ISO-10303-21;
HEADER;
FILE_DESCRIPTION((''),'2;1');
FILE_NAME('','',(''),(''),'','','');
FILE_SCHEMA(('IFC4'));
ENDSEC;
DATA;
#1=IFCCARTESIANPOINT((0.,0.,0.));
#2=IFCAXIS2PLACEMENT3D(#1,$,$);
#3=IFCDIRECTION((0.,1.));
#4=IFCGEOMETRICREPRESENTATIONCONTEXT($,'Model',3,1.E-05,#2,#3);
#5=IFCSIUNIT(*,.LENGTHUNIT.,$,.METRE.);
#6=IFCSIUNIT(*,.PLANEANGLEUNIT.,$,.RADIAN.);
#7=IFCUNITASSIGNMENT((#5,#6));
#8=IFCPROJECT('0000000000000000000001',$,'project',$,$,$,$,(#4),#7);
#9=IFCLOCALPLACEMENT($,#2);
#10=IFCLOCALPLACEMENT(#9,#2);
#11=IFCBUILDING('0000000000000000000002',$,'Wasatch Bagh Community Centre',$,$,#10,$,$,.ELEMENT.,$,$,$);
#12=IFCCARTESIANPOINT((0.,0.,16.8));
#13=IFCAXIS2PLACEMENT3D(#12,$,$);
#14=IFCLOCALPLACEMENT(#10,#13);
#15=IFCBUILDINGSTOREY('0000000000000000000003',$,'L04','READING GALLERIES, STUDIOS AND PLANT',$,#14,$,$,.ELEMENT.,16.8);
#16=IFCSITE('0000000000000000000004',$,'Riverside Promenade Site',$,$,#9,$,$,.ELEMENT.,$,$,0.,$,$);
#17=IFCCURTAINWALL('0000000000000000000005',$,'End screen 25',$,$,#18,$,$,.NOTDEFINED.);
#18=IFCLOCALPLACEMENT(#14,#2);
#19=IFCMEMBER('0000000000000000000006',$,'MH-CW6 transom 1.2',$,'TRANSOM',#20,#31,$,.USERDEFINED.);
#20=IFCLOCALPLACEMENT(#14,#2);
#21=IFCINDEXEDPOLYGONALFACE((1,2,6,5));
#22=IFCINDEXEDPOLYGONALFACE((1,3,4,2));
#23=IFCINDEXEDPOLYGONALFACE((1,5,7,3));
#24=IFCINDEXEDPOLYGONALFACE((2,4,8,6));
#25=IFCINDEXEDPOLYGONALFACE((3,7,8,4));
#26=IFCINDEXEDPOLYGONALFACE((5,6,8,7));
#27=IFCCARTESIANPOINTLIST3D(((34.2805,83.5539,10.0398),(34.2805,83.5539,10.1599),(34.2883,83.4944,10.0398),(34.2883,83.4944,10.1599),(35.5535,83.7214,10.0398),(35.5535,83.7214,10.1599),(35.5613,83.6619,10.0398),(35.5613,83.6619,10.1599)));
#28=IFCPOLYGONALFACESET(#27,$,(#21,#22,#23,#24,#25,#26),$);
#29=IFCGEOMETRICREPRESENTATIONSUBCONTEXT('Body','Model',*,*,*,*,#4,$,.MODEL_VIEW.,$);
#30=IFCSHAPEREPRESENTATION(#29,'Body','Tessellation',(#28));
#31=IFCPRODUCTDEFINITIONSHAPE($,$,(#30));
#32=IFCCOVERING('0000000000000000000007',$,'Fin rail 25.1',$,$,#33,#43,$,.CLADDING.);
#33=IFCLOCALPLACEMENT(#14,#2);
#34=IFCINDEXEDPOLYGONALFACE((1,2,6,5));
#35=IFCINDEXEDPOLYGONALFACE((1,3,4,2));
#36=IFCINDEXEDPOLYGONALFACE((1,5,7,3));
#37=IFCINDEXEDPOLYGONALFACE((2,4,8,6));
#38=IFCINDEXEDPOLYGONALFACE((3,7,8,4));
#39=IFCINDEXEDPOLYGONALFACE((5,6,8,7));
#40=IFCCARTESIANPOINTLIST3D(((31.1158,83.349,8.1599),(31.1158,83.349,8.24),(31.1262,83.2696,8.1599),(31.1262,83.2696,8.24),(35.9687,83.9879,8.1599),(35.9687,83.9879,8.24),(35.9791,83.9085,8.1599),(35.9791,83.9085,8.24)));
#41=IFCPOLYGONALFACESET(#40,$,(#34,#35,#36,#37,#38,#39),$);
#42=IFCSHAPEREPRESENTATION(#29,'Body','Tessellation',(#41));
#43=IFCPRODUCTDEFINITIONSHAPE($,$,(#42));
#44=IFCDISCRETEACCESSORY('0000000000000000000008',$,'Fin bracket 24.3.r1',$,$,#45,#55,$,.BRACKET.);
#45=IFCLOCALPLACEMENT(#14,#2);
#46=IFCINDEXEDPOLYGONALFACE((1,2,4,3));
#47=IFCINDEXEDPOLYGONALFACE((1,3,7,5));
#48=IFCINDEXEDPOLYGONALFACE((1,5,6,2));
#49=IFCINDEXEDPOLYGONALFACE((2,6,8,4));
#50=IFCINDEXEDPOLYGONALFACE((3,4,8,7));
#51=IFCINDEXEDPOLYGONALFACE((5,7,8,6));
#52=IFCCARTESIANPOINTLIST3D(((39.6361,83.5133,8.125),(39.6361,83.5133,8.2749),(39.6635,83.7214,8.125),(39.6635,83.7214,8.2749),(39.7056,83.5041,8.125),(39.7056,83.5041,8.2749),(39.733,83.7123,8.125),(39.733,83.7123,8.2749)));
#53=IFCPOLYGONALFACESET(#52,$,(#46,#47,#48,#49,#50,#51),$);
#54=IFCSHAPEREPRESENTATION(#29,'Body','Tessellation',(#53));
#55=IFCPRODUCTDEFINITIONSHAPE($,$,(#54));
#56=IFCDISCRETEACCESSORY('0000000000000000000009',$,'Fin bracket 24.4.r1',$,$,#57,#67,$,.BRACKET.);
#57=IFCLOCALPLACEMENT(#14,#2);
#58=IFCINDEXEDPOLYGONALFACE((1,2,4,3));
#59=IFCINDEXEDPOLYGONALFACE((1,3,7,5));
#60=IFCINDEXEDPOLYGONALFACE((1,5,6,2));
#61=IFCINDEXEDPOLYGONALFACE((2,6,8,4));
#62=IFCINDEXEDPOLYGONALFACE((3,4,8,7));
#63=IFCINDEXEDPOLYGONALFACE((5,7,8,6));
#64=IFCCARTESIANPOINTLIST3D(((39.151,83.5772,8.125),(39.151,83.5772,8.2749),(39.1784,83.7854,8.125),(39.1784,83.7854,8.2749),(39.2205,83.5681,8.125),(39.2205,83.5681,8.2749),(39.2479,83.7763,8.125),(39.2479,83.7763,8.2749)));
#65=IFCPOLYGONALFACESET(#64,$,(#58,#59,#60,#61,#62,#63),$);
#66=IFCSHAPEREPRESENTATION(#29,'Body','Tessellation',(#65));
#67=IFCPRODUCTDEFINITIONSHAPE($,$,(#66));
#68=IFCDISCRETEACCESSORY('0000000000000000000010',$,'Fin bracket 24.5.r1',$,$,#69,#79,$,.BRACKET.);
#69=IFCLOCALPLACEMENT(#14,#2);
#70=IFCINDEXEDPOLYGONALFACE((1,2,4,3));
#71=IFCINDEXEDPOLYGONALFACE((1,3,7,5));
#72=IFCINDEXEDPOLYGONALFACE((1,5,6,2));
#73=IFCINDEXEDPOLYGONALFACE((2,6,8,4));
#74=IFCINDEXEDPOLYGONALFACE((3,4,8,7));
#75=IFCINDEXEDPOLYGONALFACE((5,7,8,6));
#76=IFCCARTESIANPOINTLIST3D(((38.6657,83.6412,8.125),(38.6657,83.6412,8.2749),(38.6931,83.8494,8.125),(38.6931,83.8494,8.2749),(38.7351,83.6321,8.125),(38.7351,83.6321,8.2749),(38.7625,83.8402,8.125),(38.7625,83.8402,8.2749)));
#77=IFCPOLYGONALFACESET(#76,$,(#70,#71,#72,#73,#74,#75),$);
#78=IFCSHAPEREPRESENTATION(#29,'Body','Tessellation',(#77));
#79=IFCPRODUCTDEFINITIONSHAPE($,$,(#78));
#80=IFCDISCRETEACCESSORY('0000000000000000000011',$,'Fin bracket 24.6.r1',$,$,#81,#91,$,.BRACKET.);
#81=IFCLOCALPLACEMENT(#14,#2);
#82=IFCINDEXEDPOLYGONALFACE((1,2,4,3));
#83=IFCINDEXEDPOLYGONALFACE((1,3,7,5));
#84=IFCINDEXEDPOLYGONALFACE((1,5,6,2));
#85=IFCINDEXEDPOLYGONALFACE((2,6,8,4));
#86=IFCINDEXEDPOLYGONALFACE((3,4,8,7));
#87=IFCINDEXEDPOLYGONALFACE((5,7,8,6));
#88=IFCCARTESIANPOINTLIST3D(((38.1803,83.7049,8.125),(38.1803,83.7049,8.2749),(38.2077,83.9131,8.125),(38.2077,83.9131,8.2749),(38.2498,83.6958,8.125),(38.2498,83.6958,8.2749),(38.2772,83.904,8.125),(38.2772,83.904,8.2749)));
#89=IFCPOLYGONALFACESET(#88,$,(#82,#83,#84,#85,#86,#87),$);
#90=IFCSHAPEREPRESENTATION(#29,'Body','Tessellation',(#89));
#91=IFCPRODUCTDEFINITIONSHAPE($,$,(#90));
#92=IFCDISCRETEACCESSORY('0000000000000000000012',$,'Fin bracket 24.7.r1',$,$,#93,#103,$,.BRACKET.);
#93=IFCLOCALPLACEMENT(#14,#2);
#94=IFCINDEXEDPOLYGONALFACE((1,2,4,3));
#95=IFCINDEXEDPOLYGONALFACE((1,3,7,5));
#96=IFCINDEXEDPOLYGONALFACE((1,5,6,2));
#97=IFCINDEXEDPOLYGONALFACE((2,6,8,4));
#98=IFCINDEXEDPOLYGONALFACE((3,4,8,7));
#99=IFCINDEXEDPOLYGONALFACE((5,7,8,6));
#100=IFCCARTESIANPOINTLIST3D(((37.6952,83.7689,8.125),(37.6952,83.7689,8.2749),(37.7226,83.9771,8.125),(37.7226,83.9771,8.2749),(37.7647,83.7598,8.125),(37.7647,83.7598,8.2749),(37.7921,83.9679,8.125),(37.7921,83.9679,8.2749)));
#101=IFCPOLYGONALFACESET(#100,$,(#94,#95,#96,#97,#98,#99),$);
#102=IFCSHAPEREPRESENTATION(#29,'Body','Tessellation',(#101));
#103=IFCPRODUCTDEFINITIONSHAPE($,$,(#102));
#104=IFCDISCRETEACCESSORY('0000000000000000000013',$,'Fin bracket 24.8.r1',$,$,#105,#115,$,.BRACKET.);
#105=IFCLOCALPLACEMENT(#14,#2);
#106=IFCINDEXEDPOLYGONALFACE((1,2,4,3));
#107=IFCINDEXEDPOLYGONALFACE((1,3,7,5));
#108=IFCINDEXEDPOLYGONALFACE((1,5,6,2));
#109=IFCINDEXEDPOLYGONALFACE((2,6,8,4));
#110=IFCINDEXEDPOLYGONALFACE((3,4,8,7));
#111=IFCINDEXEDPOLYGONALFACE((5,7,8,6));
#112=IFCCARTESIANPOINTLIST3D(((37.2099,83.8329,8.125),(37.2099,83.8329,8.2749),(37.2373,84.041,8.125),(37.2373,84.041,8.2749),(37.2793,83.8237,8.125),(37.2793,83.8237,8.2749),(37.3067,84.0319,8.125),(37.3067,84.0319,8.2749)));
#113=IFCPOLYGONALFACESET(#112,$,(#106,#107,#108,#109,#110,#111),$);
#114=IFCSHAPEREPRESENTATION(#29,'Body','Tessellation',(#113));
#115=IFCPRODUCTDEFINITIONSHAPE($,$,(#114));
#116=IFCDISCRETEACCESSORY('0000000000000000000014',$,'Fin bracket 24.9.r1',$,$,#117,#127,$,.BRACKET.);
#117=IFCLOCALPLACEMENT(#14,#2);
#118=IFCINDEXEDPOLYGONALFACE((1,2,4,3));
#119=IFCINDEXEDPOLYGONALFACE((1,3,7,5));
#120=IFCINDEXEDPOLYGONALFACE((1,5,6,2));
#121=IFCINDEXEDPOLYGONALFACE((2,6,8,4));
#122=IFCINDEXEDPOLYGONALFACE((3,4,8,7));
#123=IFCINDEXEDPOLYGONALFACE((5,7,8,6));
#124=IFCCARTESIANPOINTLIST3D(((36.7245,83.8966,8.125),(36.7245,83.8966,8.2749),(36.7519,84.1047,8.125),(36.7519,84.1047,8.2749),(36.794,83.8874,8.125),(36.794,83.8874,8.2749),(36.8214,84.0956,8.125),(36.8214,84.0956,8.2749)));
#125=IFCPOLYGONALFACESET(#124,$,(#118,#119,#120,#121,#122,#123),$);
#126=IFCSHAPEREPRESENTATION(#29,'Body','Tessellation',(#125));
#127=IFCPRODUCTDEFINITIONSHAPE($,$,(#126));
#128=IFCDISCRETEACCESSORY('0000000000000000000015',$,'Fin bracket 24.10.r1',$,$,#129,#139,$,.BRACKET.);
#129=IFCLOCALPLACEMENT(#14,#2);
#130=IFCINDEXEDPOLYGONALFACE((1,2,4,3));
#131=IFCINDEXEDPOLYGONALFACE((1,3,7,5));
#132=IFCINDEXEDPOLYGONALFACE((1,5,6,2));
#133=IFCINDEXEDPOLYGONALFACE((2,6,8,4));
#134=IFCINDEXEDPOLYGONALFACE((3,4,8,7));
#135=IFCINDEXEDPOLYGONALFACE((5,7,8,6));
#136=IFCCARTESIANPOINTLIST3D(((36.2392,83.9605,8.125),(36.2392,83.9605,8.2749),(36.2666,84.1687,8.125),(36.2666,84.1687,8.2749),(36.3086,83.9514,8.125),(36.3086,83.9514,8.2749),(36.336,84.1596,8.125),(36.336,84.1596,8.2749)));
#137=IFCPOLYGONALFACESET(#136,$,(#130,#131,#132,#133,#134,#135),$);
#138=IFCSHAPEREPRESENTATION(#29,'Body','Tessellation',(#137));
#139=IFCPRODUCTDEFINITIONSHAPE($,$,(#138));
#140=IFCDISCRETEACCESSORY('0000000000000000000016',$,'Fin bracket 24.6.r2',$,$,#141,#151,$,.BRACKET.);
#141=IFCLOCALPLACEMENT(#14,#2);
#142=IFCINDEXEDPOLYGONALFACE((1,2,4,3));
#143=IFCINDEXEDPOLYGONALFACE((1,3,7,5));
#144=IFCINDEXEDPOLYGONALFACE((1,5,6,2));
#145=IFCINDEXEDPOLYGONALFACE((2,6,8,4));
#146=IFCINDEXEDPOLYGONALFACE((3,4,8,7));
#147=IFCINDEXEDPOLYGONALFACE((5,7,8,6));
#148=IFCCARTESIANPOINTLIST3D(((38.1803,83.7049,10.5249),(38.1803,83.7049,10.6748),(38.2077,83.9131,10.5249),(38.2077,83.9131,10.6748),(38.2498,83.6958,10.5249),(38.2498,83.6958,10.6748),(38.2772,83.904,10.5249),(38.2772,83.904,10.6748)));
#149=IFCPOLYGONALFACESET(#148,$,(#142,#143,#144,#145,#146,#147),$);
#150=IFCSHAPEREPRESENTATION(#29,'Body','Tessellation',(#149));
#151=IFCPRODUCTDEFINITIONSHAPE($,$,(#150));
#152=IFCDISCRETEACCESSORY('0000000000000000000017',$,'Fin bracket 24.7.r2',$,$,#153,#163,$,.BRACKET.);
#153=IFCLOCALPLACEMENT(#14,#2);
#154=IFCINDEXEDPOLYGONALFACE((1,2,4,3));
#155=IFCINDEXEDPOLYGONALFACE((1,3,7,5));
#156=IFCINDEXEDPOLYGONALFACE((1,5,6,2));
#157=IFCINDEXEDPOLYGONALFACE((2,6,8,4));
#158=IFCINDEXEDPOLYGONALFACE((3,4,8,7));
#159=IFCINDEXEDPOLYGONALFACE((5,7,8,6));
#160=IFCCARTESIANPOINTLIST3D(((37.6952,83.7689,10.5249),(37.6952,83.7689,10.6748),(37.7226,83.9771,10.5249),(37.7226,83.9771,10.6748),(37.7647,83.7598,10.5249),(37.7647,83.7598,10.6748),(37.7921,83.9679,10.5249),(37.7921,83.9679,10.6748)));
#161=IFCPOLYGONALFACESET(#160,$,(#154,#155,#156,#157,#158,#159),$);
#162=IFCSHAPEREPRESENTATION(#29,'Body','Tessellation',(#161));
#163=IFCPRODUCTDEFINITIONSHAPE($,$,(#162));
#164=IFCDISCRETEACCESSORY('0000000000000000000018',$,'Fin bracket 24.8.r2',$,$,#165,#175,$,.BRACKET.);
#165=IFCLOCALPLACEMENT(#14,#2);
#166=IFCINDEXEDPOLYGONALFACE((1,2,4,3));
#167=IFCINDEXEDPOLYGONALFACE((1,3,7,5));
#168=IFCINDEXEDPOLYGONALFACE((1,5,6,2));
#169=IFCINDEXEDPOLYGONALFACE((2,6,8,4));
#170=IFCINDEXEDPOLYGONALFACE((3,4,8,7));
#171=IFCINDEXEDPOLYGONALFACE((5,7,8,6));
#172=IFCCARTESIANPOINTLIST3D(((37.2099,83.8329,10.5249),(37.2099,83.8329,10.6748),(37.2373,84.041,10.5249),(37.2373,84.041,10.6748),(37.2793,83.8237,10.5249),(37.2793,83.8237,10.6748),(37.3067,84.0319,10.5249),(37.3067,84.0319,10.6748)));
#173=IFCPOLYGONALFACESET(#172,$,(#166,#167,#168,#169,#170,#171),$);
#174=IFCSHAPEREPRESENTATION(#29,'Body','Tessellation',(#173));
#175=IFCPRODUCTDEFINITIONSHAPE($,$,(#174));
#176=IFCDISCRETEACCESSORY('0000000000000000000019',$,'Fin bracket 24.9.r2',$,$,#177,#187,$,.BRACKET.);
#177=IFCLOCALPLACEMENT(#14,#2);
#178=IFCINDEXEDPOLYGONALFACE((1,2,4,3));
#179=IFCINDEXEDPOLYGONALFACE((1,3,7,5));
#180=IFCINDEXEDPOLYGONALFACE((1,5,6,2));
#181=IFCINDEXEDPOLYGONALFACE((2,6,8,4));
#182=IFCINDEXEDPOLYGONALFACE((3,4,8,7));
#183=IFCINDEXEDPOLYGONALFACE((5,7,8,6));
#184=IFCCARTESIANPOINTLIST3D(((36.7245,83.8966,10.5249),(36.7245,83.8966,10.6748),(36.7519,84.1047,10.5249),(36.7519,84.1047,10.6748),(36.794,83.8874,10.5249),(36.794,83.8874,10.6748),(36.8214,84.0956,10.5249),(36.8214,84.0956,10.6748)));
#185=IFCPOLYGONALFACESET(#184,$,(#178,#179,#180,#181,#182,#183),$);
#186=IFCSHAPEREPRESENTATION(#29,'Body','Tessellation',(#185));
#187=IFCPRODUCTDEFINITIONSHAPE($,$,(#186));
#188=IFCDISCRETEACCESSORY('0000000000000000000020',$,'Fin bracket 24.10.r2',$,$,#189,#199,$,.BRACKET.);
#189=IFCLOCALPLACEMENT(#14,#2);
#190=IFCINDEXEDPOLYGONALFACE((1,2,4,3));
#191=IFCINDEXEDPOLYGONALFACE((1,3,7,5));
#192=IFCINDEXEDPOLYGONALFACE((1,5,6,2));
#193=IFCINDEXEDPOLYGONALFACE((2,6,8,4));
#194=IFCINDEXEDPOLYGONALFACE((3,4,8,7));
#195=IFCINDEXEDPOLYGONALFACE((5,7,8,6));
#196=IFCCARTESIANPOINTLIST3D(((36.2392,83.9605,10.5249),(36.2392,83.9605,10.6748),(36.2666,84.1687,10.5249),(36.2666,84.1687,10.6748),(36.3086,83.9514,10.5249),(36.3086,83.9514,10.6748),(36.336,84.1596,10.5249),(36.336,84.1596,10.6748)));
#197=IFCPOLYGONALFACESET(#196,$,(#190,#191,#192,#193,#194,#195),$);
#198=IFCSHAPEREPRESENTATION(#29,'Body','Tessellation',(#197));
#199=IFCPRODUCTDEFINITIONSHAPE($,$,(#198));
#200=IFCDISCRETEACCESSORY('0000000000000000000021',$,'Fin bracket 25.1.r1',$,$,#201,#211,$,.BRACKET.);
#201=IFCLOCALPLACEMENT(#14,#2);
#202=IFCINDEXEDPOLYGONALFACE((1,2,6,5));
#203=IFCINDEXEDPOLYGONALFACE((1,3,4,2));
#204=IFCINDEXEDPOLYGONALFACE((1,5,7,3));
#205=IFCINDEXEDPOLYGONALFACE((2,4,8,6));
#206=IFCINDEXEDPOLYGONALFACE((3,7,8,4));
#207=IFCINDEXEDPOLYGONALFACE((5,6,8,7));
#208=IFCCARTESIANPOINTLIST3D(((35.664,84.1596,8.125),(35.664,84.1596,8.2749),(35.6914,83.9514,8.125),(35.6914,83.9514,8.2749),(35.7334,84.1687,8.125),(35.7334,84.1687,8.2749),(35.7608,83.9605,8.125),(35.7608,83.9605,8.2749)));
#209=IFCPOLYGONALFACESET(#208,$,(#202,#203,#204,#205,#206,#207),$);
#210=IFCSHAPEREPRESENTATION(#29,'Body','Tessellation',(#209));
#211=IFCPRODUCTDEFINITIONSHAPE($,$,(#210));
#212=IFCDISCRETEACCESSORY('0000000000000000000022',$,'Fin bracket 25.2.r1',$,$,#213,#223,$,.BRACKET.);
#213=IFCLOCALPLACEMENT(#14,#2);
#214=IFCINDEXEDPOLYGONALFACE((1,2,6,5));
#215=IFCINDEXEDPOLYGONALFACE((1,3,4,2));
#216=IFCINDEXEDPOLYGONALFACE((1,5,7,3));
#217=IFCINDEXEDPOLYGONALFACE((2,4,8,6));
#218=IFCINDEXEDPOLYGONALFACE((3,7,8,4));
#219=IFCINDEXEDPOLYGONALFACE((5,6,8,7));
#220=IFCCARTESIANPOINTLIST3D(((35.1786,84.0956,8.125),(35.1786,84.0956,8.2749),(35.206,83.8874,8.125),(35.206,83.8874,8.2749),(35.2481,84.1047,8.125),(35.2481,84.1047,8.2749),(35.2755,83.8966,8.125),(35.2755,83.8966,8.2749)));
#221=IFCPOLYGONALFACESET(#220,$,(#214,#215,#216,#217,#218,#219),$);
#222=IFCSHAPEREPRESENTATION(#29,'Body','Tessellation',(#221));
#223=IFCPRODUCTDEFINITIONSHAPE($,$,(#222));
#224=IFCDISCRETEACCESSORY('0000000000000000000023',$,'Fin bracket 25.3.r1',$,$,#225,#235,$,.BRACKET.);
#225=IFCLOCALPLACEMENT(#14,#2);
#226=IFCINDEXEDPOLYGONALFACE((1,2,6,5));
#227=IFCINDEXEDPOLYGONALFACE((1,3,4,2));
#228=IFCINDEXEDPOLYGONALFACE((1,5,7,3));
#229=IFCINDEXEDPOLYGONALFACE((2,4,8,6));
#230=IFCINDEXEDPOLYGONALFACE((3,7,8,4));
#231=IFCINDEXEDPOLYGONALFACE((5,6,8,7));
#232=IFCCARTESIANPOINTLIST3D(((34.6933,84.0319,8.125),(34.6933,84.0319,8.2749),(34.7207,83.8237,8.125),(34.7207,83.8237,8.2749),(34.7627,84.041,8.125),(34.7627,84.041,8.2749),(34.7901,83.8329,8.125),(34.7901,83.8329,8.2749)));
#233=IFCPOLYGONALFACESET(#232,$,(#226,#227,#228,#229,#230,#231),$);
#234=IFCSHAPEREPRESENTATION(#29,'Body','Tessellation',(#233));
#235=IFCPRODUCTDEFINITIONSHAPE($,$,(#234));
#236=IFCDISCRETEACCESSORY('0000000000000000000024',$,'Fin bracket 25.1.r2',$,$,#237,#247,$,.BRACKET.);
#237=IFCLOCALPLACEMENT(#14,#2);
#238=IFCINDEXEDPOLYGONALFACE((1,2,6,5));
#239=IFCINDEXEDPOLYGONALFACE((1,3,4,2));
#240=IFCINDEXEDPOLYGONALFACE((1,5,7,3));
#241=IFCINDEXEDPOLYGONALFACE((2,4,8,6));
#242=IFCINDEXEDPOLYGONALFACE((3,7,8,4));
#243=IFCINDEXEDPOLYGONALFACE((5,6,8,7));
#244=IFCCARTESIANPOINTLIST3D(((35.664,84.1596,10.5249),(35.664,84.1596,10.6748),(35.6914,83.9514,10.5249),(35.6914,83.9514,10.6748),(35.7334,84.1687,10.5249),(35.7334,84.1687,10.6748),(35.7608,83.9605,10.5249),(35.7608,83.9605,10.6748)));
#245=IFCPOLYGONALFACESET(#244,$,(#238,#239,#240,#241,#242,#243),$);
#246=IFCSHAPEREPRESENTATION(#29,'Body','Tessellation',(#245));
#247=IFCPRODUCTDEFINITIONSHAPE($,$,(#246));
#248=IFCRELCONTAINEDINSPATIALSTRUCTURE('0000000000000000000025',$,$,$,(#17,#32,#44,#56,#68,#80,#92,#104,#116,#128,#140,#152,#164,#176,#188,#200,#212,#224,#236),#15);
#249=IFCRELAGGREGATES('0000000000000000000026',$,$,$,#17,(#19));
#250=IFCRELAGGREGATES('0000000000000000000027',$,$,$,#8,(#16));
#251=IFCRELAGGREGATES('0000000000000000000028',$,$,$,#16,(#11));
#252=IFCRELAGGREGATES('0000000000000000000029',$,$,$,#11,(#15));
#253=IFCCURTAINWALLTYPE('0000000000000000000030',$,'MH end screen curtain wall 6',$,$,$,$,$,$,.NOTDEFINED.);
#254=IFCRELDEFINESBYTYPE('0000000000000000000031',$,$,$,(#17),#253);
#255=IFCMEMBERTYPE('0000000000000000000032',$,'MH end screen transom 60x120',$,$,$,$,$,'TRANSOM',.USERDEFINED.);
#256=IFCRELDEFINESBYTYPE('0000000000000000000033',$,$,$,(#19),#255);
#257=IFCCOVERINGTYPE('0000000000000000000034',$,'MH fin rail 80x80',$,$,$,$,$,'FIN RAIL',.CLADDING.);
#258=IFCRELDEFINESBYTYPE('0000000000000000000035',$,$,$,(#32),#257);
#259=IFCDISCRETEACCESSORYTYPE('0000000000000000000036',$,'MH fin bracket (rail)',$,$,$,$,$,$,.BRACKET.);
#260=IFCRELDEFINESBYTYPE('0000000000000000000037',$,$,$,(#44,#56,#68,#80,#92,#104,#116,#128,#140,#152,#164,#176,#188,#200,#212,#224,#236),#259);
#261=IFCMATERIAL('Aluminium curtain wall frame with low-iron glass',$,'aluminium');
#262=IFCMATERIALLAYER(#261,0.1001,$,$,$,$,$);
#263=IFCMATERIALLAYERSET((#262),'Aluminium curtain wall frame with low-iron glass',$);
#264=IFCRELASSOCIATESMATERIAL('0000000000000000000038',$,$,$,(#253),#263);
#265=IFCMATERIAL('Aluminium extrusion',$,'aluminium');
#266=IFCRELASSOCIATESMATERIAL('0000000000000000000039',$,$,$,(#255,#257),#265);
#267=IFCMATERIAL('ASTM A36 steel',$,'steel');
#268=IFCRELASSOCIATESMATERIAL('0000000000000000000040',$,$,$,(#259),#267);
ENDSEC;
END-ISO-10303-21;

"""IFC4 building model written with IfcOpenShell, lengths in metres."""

from ifc_helpers import new_model, si_unit, direction, frame, origin, origin_2d, place, context, subcontext, project, spatial, rectangle, extrude, material, layer, layer_set, material_profile, profile_set, type_object, element, aggregate, save


model = new_model("IFC4")

# Units and contexts
model_context = context("Model", 3, precision=1e-05, world=origin(), true_north=direction((0.0, 1.0)))
body_context = subcontext(model_context, "Body", "Model", "MODEL_VIEW")
ifc_project = project(units=[si_unit("LENGTHUNIT", "METRE"), si_unit("PLANEANGLEUNIT", "RADIAN")], contexts=[model_context])

# Site, building, storey
site_placement = place(None, origin())
site = spatial("IfcSite", under=ifc_project, at=site_placement, Name="Riverside Promenade Site", CompositionType="ELEMENT", RefElevation=0.0)
building_placement = place(site_placement, origin())
building = spatial("IfcBuilding", under=site, at=building_placement, Name="Wasatch Bagh Community Centre", CompositionType="ELEMENT")
storey_placement = place(building_placement, frame((0.0, 0.0, 16.8)))
storey = spatial("IfcBuildingStorey", under=building, at=storey_placement, Name="L04", Description="READING GALLERIES, STUDIOS AND PLANT", CompositionType="ELEMENT", Elevation=16.8)

# Curtain wall, member
ifc_material_1 = material(Name="Aluminium curtain wall frame with low-iron glass", Category="aluminium")
ifc_layer = layer(ifc_material_1, 0.1001)
ifc_layer_set = layer_set([ifc_layer], Name="Aluminium curtain wall frame with low-iron glass")
curtain_wall_type = type_object("IfcCurtainWallType", Name="MH end screen curtain wall 6", PredefinedType="NOTDEFINED", material=ifc_layer_set)
curtain_wall_placement = place(storey_placement, origin())
curtain_wall = element("IfcCurtainWall", 1, at=curtain_wall_placement, inside=storey, type_object=curtain_wall_type, Name="End screen 25", PredefinedType="NOTDEFINED")
ifc_material_2 = material(Name="Aluminium extrusion", Category="aluminium")
ifc_material_profile_1 = material_profile(ifc_material_2, rectangle(XDim=0.0601, YDim=0.1201, at=origin_2d()), Name="AL 60x120")
ifc_profile_set_1 = profile_set([ifc_material_profile_1], Name="Aluminium extrusion")
member_type = type_object("IfcMemberType", Name="MH end screen transom 60x120", ElementType="TRANSOM", PredefinedType="USERDEFINED", material=ifc_profile_set_1)
member_placement = place(storey_placement, frame((35.5574, 83.6917, 10.0999), z_axis=(-0.991456, -0.130445, 0.0), x_axis=(0.130445, -0.991456, 0.0)))
member = element("IfcMember", 2, at=member_placement, type_object=member_type, Name="MH-CW6 transom 1.2", ObjectType="TRANSOM", PredefinedType="USERDEFINED", context=body_context, shape_type="SweptSolid", body=[
    extrude(rectangle(XDim=0.0601, YDim=0.1201, at=origin_2d()), origin(), (0.0, 0.0, 1.0), 1.2839),
])
aggregate(curtain_wall, [member])

# Covering
ifc_material_profile_2 = material_profile(ifc_material_2, rectangle(XDim=0.0801, YDim=0.0801, at=origin_2d()), Name="AL 80x80")
ifc_profile_set_2 = profile_set([ifc_material_profile_2], Name="Aluminium extrusion")
covering_type = type_object("IfcCoveringType", Name="MH fin rail 80x80", ElementType="FIN RAIL", PredefinedType="CLADDING", material=ifc_profile_set_2)
covering_placement = place(storey_placement, frame((35.9739, 83.9482, 8.2), z_axis=(-0.991444, -0.130533, 0.0), x_axis=(0.130533, -0.991444, 0.0)))
element("IfcCovering", 3, at=covering_placement, inside=storey, type_object=covering_type, Name="Fin rail 25.1", PredefinedType="CLADDING", context=body_context, shape_type="SweptSolid", body=[
    extrude(rectangle(XDim=0.0801, YDim=0.0801, at=origin_2d()), origin(), (0.0, 0.0, 1.0), 4.8948),
])

# Discrete accessories
ifc_material_3 = material(Name="ASTM A36 steel", Category="steel")
discrete_accessory_type_1 = type_object("IfcDiscreteAccessoryType", Name="MH fin bracket (rail)", PredefinedType="BRACKET", material=ifc_material_3)
for number, where, z_axis, x_axis, name in (
    (4, (39.6846, 83.6128, 8.125), (0.0, 0.0, 1.0), (-0.991445, 0.130526, 0.0), "Fin bracket 24.3.r1"),
    (5, (39.1995, 83.6768, 8.125), (0.0, 0.0, 1.0), (-0.991445, 0.130526, 0.0), "Fin bracket 24.4.r1"),
    (6, (38.7141, 83.7407, 8.125), (0.0, 0.0, 1.0), (-0.991445, 0.130526, 0.0), "Fin bracket 24.5.r1"),
    (7, (38.2288, 83.8044, 8.125), (0.0, 0.0, 1.0), (-0.991445, 0.130526, 0.0), "Fin bracket 24.6.r1"),
    (8, (37.7437, 83.8684, 8.125), (0.0, 0.0, 1.0), (-0.991445, 0.130526, 0.0), "Fin bracket 24.7.r1"),
    (9, (37.2583, 83.9324, 8.125), (0.0, 0.0, 1.0), (-0.991445, 0.130526, 0.0), "Fin bracket 24.8.r1"),
    (10, (36.7729, 83.9961, 8.125), (0.0, 0.0, 1.0), (-0.991445, 0.130526, 0.0), "Fin bracket 24.9.r1"),
    (11, (36.2876, 84.0601, 8.125), (0.0, 0.0, 1.0), (-0.991445, 0.130526, 0.0), "Fin bracket 24.10.r1"),
    (12, (38.2288, 83.8044, 10.5249), (0.0, 0.0, 1.0), (-0.991445, 0.130526, 0.0), "Fin bracket 24.6.r2"),
    (13, (37.7437, 83.8684, 10.5249), (0.0, 0.0, 1.0), (-0.991445, 0.130526, 0.0), "Fin bracket 24.7.r2"),
    (14, (37.2583, 83.9324, 10.5249), (0.0, 0.0, 1.0), (-0.991445, 0.130526, 0.0), "Fin bracket 24.8.r2"),
    (15, (36.7729, 83.9961, 10.5249), (0.0, 0.0, 1.0), (-0.991445, 0.130526, 0.0), "Fin bracket 24.9.r2"),
    (16, (36.2876, 84.0601, 10.5249), (0.0, 0.0, 1.0), (-0.991445, 0.130526, 0.0), "Fin bracket 24.10.r2"),
    (17, (35.7124, 84.0601, 8.125), (0.0, 0.0, 1.0), (-0.991445, -0.130526, 0.0), "Fin bracket 25.1.r1"),
    (18, (35.2271, 83.9961, 8.125), (0.0, 0.0, 1.0), (-0.991445, -0.130526, 0.0), "Fin bracket 25.2.r1"),
    (19, (34.7417, 83.9324, 8.125), (0.0, 0.0, 1.0), (-0.991445, -0.130526, 0.0), "Fin bracket 25.3.r1"),
    (20, (35.7124, 84.0601, 10.5249), (0.0, 0.0, 1.0), (-0.991445, -0.130526, 0.0), "Fin bracket 25.1.r2"),
):
    element("IfcDiscreteAccessory", number, at=place(storey_placement, frame(where, z_axis=z_axis, x_axis=x_axis)), inside=storey, type_object=discrete_accessory_type_1, Name=name, PredefinedType="BRACKET", context=body_context, shape_type="SweptSolid", body=[
        extrude(rectangle(XDim=0.0701, YDim=0.21, at=origin_2d()), origin(), (0.0, 0.0, 1.0), 0.1499),
    ])

save(model, "model.ifc")
